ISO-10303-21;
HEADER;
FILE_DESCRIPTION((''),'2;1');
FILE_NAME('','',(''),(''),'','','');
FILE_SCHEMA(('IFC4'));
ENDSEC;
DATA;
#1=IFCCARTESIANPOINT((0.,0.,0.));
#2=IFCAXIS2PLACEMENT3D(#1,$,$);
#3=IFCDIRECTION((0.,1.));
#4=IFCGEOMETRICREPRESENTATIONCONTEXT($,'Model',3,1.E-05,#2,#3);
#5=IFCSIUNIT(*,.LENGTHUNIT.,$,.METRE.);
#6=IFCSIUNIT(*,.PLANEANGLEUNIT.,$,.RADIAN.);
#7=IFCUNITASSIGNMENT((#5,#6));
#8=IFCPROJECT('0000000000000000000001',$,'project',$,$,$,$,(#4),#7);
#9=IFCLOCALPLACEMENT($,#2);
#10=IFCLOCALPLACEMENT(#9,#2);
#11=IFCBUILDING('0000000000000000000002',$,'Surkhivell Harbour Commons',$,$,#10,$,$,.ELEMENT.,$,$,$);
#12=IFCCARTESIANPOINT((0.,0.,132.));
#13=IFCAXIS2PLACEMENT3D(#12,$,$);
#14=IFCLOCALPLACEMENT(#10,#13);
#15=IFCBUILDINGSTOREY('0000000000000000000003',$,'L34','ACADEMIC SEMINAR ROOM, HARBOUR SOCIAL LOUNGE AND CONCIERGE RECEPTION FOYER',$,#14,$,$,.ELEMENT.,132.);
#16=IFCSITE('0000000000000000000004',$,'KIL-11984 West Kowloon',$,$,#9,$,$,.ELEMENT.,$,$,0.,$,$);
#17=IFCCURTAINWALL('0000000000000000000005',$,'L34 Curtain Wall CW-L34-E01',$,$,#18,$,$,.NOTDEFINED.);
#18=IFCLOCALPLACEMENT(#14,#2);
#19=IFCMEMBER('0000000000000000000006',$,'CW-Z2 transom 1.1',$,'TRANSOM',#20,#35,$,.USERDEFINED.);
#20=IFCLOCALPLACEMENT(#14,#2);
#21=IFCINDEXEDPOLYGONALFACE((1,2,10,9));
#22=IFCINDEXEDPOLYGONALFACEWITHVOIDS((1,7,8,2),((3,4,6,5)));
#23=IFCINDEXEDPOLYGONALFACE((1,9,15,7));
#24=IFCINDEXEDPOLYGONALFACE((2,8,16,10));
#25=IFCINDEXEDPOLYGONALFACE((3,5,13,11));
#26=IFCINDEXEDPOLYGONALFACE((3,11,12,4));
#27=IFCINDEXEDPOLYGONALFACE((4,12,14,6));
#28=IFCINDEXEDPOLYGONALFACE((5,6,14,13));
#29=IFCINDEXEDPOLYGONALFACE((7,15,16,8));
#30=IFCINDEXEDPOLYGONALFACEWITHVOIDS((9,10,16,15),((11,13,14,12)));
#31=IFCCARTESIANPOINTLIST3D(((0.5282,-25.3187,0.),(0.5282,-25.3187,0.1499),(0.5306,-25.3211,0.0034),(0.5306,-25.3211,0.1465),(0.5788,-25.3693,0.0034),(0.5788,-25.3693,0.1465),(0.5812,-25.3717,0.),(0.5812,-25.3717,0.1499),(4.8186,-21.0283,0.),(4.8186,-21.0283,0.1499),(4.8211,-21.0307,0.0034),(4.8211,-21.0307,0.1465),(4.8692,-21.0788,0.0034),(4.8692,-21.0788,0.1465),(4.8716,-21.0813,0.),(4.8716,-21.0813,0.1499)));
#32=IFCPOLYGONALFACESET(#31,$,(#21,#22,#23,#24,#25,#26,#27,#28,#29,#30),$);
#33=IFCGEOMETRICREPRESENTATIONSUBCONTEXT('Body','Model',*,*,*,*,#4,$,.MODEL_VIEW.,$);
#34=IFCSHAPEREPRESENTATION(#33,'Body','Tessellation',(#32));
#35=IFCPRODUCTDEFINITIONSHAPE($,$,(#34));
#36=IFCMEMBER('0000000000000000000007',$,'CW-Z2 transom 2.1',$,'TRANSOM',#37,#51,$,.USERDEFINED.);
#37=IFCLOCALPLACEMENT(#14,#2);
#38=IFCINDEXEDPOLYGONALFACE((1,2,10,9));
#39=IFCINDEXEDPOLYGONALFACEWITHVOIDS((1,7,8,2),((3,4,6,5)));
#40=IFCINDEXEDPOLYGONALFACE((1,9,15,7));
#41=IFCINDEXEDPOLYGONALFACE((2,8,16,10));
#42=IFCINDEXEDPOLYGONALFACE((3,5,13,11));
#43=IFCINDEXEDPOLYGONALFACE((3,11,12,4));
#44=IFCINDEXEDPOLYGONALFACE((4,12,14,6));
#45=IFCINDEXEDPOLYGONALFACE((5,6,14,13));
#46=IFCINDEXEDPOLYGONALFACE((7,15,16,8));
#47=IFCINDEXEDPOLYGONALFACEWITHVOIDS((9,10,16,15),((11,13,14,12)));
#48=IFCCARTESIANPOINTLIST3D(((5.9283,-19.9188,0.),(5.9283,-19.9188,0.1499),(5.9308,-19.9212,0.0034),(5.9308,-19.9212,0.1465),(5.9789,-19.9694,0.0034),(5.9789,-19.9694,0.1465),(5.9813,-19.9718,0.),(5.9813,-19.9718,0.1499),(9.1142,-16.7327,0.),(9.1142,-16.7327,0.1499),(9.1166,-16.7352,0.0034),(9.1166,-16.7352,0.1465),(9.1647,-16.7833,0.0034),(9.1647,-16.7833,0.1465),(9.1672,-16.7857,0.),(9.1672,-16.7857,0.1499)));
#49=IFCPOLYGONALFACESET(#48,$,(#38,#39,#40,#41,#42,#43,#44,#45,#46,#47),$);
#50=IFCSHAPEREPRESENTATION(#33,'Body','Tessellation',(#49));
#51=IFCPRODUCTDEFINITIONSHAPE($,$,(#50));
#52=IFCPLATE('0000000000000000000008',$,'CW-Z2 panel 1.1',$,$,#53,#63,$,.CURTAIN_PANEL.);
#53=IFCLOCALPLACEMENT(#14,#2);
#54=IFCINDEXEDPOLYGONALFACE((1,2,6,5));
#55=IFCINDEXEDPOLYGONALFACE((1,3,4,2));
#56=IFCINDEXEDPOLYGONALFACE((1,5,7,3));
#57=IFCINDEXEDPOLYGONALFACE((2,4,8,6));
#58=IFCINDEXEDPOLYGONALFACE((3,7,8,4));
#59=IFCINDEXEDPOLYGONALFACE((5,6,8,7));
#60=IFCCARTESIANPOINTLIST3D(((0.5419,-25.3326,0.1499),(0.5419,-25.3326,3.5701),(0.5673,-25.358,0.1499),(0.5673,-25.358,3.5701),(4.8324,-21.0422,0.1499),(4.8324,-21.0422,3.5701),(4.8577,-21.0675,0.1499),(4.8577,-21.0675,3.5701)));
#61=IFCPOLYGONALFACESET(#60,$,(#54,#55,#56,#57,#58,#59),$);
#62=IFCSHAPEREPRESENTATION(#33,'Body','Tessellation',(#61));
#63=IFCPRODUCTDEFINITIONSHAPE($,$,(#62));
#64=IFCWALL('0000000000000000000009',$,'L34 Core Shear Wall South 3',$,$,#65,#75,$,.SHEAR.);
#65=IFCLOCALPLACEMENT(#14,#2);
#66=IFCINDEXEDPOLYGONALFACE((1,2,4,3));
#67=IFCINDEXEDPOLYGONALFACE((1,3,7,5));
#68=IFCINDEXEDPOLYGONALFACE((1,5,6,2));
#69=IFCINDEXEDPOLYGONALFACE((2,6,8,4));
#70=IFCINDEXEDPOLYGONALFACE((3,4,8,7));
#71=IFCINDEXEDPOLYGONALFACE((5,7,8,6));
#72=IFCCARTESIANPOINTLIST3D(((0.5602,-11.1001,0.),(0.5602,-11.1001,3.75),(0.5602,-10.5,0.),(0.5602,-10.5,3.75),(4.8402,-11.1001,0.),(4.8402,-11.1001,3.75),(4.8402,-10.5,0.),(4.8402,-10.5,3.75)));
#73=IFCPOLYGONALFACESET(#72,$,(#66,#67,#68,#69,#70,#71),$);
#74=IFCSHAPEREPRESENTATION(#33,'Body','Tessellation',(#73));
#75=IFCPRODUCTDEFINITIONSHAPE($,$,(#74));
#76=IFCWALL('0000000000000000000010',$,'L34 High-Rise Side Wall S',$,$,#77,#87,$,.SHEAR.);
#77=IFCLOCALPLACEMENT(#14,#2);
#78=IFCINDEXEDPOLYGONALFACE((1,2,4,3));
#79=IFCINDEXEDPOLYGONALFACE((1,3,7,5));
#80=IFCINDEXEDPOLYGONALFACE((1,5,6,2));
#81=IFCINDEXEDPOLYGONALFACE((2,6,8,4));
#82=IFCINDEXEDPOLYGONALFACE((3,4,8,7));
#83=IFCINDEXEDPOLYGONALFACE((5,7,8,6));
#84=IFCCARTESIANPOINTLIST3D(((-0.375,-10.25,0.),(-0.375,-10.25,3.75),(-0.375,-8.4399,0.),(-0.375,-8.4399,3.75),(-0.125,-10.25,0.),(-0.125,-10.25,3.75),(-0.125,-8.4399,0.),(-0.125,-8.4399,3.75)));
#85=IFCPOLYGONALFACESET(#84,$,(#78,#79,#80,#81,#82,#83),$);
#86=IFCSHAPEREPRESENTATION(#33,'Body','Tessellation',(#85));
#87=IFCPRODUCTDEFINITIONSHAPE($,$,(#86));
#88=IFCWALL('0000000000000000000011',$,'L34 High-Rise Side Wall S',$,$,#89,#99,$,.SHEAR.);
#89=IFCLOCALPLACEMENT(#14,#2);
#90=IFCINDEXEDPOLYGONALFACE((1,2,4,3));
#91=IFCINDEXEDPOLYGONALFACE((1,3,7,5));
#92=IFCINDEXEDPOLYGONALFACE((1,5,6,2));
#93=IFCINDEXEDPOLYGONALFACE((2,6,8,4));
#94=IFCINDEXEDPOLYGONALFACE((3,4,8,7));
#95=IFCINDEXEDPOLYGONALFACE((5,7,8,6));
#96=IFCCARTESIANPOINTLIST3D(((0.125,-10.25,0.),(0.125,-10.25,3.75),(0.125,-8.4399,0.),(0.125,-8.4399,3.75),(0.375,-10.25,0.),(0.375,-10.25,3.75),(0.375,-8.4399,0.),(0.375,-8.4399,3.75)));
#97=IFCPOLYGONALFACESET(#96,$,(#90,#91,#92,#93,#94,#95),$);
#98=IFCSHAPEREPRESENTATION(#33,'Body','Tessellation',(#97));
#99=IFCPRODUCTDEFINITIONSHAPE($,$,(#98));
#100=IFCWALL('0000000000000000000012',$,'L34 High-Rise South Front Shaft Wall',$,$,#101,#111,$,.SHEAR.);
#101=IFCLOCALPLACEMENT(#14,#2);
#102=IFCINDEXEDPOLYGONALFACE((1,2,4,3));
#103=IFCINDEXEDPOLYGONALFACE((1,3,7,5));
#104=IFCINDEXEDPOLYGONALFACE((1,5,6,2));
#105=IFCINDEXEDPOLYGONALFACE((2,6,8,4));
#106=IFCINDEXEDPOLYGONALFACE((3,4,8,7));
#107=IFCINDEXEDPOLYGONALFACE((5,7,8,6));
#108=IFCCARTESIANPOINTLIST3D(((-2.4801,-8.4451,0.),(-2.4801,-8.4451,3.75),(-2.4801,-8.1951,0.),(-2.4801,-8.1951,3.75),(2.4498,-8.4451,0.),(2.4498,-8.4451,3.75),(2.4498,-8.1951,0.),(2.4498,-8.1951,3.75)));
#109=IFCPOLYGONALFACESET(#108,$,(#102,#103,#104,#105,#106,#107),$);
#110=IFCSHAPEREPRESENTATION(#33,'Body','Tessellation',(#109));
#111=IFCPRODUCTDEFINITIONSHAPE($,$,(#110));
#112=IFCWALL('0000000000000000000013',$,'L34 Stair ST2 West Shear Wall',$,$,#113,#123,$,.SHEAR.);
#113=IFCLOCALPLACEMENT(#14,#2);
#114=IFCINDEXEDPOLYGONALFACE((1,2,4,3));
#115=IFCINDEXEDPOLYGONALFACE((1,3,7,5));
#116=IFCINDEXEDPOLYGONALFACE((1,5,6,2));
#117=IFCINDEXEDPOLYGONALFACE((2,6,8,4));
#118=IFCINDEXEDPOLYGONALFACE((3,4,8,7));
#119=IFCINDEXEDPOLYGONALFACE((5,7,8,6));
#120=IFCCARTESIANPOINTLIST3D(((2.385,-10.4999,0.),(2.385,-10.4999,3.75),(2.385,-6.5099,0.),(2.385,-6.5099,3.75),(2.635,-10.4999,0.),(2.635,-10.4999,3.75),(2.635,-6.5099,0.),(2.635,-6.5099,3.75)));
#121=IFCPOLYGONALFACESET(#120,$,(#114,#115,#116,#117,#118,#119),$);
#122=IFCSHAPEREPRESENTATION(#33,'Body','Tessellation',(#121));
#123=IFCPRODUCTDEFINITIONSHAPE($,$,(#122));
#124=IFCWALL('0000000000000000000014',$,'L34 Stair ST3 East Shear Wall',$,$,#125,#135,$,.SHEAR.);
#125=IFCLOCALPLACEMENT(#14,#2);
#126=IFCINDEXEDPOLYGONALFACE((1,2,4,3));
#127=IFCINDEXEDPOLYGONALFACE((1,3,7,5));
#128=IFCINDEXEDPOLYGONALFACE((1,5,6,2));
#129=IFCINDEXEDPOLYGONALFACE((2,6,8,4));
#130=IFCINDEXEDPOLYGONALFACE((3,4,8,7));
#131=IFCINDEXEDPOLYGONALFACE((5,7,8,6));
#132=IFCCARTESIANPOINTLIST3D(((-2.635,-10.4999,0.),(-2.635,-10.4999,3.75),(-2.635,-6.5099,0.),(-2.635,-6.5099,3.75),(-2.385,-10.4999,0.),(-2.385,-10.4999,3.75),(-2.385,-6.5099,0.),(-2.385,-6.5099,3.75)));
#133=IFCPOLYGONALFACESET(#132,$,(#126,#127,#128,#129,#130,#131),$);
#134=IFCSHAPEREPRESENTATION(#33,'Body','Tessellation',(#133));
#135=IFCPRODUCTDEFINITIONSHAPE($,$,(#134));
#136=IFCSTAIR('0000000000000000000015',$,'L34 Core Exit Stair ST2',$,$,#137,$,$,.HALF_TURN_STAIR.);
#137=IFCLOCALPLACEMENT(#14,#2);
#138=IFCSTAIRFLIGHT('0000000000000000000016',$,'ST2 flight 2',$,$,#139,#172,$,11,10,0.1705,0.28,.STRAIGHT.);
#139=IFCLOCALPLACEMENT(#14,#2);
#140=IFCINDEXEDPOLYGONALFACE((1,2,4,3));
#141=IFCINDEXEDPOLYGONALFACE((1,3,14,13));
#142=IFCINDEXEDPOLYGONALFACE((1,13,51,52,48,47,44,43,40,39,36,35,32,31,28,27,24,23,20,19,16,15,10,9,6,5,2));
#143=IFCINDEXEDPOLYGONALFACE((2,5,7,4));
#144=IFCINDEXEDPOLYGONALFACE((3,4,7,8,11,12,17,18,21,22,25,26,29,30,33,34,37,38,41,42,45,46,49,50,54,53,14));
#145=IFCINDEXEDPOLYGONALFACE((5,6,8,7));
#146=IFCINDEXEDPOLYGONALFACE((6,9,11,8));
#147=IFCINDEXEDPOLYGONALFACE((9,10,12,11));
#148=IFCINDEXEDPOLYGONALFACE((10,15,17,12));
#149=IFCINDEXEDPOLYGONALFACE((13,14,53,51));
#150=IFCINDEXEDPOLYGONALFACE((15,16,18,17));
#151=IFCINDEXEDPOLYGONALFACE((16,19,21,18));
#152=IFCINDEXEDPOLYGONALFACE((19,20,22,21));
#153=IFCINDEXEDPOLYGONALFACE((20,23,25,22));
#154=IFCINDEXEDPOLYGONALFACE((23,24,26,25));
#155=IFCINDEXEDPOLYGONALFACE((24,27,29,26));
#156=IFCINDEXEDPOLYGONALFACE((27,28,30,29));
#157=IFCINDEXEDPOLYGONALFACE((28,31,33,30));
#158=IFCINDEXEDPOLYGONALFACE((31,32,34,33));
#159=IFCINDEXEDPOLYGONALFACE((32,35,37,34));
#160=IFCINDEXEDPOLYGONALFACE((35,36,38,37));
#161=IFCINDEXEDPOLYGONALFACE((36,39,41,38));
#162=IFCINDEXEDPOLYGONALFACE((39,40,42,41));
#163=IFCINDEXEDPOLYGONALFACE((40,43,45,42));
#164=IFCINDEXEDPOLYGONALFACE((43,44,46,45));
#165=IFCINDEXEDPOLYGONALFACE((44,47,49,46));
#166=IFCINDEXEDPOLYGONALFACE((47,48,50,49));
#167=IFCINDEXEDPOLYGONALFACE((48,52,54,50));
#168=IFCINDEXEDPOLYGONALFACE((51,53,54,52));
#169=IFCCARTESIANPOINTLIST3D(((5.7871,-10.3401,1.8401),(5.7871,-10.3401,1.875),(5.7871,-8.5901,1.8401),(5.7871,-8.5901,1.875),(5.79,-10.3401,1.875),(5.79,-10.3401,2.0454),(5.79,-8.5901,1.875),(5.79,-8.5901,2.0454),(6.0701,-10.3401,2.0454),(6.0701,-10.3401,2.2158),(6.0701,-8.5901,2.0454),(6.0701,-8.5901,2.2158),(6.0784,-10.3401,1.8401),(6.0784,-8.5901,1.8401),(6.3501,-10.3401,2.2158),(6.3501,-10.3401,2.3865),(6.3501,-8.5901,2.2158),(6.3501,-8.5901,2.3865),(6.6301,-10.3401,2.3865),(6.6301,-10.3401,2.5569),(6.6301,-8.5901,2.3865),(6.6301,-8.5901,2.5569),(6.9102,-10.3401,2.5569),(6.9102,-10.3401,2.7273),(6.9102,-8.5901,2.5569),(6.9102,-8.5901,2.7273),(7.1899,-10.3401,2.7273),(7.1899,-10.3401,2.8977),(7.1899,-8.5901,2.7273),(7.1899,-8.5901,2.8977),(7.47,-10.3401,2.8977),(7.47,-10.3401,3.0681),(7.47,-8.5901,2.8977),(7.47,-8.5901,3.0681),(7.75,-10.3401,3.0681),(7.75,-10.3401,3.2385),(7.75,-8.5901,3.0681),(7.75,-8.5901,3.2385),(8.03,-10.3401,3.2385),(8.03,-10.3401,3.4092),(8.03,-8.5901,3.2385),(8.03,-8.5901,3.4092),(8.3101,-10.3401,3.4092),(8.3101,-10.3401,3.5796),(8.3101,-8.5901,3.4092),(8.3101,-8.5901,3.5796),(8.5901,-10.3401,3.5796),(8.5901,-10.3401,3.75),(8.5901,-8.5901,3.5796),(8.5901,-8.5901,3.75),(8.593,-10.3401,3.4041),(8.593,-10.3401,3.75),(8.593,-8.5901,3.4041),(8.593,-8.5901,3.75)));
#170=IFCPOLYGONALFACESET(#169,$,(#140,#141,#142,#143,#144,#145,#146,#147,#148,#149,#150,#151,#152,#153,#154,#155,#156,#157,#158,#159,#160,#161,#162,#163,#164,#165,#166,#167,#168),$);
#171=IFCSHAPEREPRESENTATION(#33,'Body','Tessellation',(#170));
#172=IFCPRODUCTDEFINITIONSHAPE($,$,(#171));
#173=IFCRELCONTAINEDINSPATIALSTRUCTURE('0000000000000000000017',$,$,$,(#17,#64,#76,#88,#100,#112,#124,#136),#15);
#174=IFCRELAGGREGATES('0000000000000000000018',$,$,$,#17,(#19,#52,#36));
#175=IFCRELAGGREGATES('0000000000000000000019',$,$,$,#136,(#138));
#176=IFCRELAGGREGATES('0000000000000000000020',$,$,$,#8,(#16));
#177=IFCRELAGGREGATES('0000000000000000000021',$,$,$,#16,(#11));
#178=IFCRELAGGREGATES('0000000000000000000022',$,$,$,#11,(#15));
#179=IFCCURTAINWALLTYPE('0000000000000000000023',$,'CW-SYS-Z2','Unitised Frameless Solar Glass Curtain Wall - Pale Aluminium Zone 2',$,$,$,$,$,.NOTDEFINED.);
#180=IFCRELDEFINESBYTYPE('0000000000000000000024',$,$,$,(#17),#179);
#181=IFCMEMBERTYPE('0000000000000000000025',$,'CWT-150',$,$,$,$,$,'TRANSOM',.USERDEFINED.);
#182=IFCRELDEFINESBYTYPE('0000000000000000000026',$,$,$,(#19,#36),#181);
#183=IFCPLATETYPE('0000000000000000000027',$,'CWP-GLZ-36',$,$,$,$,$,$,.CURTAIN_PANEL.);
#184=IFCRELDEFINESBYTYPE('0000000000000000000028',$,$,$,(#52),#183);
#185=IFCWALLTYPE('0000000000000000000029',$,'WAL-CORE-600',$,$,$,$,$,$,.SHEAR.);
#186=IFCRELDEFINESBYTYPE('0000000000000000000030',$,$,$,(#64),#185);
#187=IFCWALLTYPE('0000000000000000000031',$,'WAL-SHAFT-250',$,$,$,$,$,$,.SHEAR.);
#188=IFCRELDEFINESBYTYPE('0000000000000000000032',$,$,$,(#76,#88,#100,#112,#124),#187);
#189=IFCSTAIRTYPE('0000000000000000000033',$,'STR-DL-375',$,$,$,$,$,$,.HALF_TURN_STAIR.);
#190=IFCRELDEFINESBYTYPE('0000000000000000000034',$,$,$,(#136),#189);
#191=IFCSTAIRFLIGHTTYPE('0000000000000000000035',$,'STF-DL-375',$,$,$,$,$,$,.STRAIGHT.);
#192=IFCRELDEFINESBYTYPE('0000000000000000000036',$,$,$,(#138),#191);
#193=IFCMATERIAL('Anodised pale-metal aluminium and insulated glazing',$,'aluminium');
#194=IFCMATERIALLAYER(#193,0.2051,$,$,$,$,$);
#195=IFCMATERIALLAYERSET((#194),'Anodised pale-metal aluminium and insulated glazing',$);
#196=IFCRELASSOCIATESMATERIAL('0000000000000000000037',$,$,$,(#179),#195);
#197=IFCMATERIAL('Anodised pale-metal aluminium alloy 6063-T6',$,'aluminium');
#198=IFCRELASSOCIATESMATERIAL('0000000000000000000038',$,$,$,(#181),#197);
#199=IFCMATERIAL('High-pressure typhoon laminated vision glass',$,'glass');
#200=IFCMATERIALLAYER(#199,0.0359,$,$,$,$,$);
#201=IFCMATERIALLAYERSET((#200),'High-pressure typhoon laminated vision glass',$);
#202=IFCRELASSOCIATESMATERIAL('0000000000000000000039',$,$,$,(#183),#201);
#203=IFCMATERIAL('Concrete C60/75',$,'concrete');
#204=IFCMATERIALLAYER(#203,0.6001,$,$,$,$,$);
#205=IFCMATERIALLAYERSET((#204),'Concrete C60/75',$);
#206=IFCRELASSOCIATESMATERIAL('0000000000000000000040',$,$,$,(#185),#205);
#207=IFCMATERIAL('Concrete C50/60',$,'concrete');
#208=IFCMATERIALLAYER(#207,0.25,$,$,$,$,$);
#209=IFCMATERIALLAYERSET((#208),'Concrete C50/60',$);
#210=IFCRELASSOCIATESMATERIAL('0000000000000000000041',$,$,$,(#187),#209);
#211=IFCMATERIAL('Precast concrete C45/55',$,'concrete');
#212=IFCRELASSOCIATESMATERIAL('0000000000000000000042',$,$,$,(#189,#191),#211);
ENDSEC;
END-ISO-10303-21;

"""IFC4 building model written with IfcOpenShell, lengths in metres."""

from ifc_helpers import new_model, si_unit, direction, frame, frame_2d, origin, origin_2d, place, context, subcontext, project, spatial, polyline, rectangle, hollow_rectangle, outline, extrude, material, layer, layer_set, material_profile, profile_set, type_object, element, aggregate, save


model = new_model("IFC4")

# Units and contexts
model_context = context("Model", 3, precision=1e-05, world=origin(), true_north=direction((0.0, 1.0)))
body_context = subcontext(model_context, "Body", "Model", "MODEL_VIEW")
ifc_project = project(units=[si_unit("LENGTHUNIT", "METRE"), si_unit("PLANEANGLEUNIT", "RADIAN")], contexts=[model_context])

# Site, building, storey
site_placement = place(None, origin())
site = spatial("IfcSite", under=ifc_project, at=site_placement, Name="KIL-11984 West Kowloon", CompositionType="ELEMENT", RefElevation=0.0)
building_placement = place(site_placement, origin())
building = spatial("IfcBuilding", under=site, at=building_placement, Name="Surkhivell Harbour Commons", CompositionType="ELEMENT")
storey_placement = place(building_placement, frame((0.0, 0.0, 132.0)))
storey = spatial("IfcBuildingStorey", under=building, at=storey_placement, Name="L34", Description="ACADEMIC SEMINAR ROOM, HARBOUR SOCIAL LOUNGE AND CONCIERGE RECEPTION FOYER", CompositionType="ELEMENT", Elevation=132.0)

# Shared definitions
ifc_material_1 = material(Name="Concrete C60/75", Category="concrete")

# Shared definitions
ifc_material_2 = material(Name="Anodised pale-metal aluminium and insulated glazing", Category="aluminium")
ifc_layer_1 = layer(ifc_material_2, 0.2051)
ifc_layer_set_1 = layer_set([ifc_layer_1], Name="Anodised pale-metal aluminium and insulated glazing")
curtain_wall_type = type_object("IfcCurtainWallType", Name="CW-SYS-Z2", Description="Unitised Frameless Solar Glass Curtain Wall - Pale Aluminium Zone 2", PredefinedType="NOTDEFINED", material=ifc_layer_set_1)
ifc_material_3 = material(Name="Anodised pale-metal aluminium alloy 6063-T6", Category="aluminium")

# Curtain wall, members, plate
curtain_wall_1_placement = place(storey_placement, origin())
curtain_wall_1 = element("IfcCurtainWall", 1, at=curtain_wall_1_placement, inside=storey, type_object=curtain_wall_type, Name="L34 Curtain Wall CW-L34-E01", PredefinedType="NOTDEFINED")
ifc_material_profile_1 = material_profile(ifc_material_3, hollow_rectangle(XDim=0.075, YDim=0.1499, WallThickness=0.0034, at=origin_2d()), Name="ALU-TRAN-75x150")
ifc_profile_set_1 = profile_set([ifc_material_profile_1], Name="Anodised pale-metal aluminium alloy 6063-T6")
member_type_1 = type_object("IfcMemberType", Name="CWT-150", ElementType="TRANSOM", PredefinedType="USERDEFINED", material=ifc_profile_set_1)
member_1_placement = place(storey_placement, frame((0.5547, -25.3452, 0.075), z_axis=(0.707107, 0.707107, 0.0), x_axis=(-0.707107, 0.707107, 0.0)))
member_1 = element("IfcMember", 2, at=member_1_placement, type_object=member_type_1, Name="CW-Z2 transom 1.1", ObjectType="TRANSOM", PredefinedType="USERDEFINED", context=body_context, shape_type="SweptSolid", body=[
    extrude(hollow_rectangle(XDim=0.075, YDim=0.1499, WallThickness=0.0034, at=origin_2d()), origin(), (0.0, 0.0, 1.0), 6.0676),
])
member_2_placement = place(storey_placement, frame((5.9548, -19.9453, 0.075), z_axis=(0.70708, 0.707134, 0.0), x_axis=(-0.707134, 0.70708, 0.0)))
member_2 = element("IfcMember", 3, at=member_2_placement, type_object=member_type_1, Name="CW-Z2 transom 2.1", ObjectType="TRANSOM", PredefinedType="USERDEFINED", context=body_context, shape_type="SweptSolid", body=[
    extrude(hollow_rectangle(XDim=0.075, YDim=0.1499, WallThickness=0.0034, at=origin_2d()), origin(), (0.0, 0.0, 1.0), 4.5056),
])
ifc_material_4 = material(Name="High-pressure typhoon laminated vision glass", Category="glass")
ifc_layer_2 = layer(ifc_material_4, 0.0359)
ifc_layer_set_2 = layer_set([ifc_layer_2], Name="High-pressure typhoon laminated vision glass")
plate_type = type_object("IfcPlateType", Name="CWP-GLZ-36", PredefinedType="CURTAIN_PANEL", material=ifc_layer_set_2)
plate_placement = place(storey_placement, frame((0.5547, -25.3452, 0.1499), z_axis=(0.0, 0.0, 1.0), x_axis=(0.707107, 0.707107, 0.0)))
plate = element("IfcPlate", 4, at=plate_placement, type_object=plate_type, Name="CW-Z2 panel 1.1", PredefinedType="CURTAIN_PANEL", context=body_context, shape_type="SweptSolid", body=[
    extrude(rectangle(XDim=6.0676, YDim=0.0359, at=frame_2d((3.0337, 0.0))), origin(), (0.0, 0.0, 1.0), 3.4202),
])
aggregate(curtain_wall_1, [member_1, plate, member_2])

# Walls
ifc_layer_3 = layer(ifc_material_1, 0.6001)
ifc_layer_set_3 = layer_set([ifc_layer_3], Name="Concrete C60/75")
wall_type_1 = type_object("IfcWallType", Name="WAL-CORE-600", PredefinedType="SHEAR", material=ifc_layer_set_3)
wall_1_placement = place(storey_placement, frame((0.5601, -10.8, 0.0), z_axis=(0.0, 0.0, 1.0), x_axis=(1.0, 0.0, 0.0)))
element("IfcWall", 5, at=wall_1_placement, inside=storey, type_object=wall_type_1, Name="L34 Core Shear Wall South 3", PredefinedType="SHEAR", context=body_context, shape_type="SweptSolid", body=[
    extrude(rectangle(XDim=4.28, YDim=0.6001, at=frame_2d((2.1401, 0.0))), origin(), (0.0, 0.0, 1.0), 3.75),
])
ifc_material_5 = material(Name="Concrete C50/60", Category="concrete")
ifc_layer_4 = layer(ifc_material_5, 0.25)
ifc_layer_set_4 = layer_set([ifc_layer_4], Name="Concrete C50/60")
wall_type_2 = type_object("IfcWallType", Name="WAL-SHAFT-250", PredefinedType="SHEAR", material=ifc_layer_set_4)
for number, where, z_axis, x_axis, name in (
    (6, (-0.25, -10.25, 0.0), (0.0, 0.0, 1.0), (0.0, 1.0, 0.0), "L34 High-Rise Side Wall S"),
    (7, (0.25, -10.25, 0.0), (0.0, 0.0, 1.0), (0.0, 1.0, 0.0), "L34 High-Rise Side Wall S"),
):
    element("IfcWall", number, at=place(storey_placement, frame(where, z_axis=z_axis, x_axis=x_axis)), inside=storey, type_object=wall_type_2, Name=name, PredefinedType="SHEAR", context=body_context, shape_type="SweptSolid", body=[
        extrude(rectangle(XDim=1.8101, YDim=0.25, at=frame_2d((0.905, 0.0))), origin(), (0.0, 0.0, 1.0), 3.75),
    ])
wall_2_placement = place(storey_placement, frame((-2.48, -8.3201, 0.0), z_axis=(0.0, 0.0, 1.0), x_axis=(1.0, 0.0, 0.0)))
element("IfcWall", 8, at=wall_2_placement, inside=storey, type_object=wall_type_2, Name="L34 High-Rise South Front Shaft Wall", PredefinedType="SHEAR", context=body_context, shape_type="SweptSolid", body=[
    extrude(rectangle(XDim=4.9299, YDim=0.25, at=frame_2d((2.4648, 0.0))), origin(), (0.0, 0.0, 1.0), 3.75),
])
for number, where, z_axis, x_axis, name in (
    (9, (2.51, -10.5, 0.0), (0.0, 0.0, 1.0), (0.0, 1.0, 0.0), "L34 Stair ST2 West Shear Wall"),
    (10, (-2.51, -10.5, 0.0), (0.0, 0.0, 1.0), (0.0, 1.0, 0.0), "L34 Stair ST3 East Shear Wall"),
):
    element("IfcWall", number, at=place(storey_placement, frame(where, z_axis=z_axis, x_axis=x_axis)), inside=storey, type_object=wall_type_2, Name=name, PredefinedType="SHEAR", context=body_context, shape_type="SweptSolid", body=[
        extrude(rectangle(XDim=3.99, YDim=0.25, at=frame_2d((1.9951, 0.0))), origin(), (0.0, 0.0, 1.0), 3.75),
    ])

# Stair, stair flight
ifc_material_6 = material(Name="Precast concrete C45/55", Category="concrete")
stair_type = type_object("IfcStairType", Name="STR-DL-375", PredefinedType="HALF_TURN_STAIR", material=ifc_material_6)
stair_placement = place(storey_placement, origin())
stair = element("IfcStair", 11, at=stair_placement, inside=storey, type_object=stair_type, Name="L34 Core Exit Stair ST2", PredefinedType="HALF_TURN_STAIR")
stair_flight_type = type_object("IfcStairFlightType", Name="STF-DL-375", PredefinedType="STRAIGHT", material=ifc_material_6)
stair_flight_placement = place(storey_placement, frame((5.79, -9.4651, 1.875), z_axis=(0.0, 0.0, 1.0), x_axis=(1.0, 0.0, 0.0)))
stair_flight = element("IfcStairFlight", 12, at=stair_flight_placement, type_object=stair_flight_type, Name="ST2 flight 2", NumberOfRisers=11, NumberOfTreads=10, PredefinedType="STRAIGHT", RiserHeight=0.1705, TreadLength=0.28, context=body_context, shape_type="SweptSolid", body=[
    extrude(outline(polyline([(-0.0029, -0.0349), (-0.0029, 0.0), (0.0, 0.0), (0.0, 0.1704), (0.28, 0.1704), (0.28, 0.3408), (0.5601, 0.3408), (0.5601, 0.5115), (0.8401, 0.5115), (0.8401, 0.6819), (1.1201, 0.6819), (1.1201, 0.8523), (1.3999, 0.8523), (1.3999, 1.0227), (1.6799, 1.0227), (1.6799, 1.1931), (1.96, 1.1931), (1.96, 1.3635), (2.24, 1.3635), (2.24, 1.5342), (2.52, 1.5342), (2.52, 1.7046), (2.8, 1.7046), (2.8, 1.875), (2.803, 1.875), (2.803, 1.5291), (0.2883, -0.0349), (-0.0029, -0.0349)])), frame((0.0, 0.875, 0.0), z_axis=(0.0, -1.0, 0.0), x_axis=(1.0, 0.0, 0.0)), (0.0, 0.0, 1.0), 1.75),
])
aggregate(stair, [stair_flight])

save(model, "model.ifc")
